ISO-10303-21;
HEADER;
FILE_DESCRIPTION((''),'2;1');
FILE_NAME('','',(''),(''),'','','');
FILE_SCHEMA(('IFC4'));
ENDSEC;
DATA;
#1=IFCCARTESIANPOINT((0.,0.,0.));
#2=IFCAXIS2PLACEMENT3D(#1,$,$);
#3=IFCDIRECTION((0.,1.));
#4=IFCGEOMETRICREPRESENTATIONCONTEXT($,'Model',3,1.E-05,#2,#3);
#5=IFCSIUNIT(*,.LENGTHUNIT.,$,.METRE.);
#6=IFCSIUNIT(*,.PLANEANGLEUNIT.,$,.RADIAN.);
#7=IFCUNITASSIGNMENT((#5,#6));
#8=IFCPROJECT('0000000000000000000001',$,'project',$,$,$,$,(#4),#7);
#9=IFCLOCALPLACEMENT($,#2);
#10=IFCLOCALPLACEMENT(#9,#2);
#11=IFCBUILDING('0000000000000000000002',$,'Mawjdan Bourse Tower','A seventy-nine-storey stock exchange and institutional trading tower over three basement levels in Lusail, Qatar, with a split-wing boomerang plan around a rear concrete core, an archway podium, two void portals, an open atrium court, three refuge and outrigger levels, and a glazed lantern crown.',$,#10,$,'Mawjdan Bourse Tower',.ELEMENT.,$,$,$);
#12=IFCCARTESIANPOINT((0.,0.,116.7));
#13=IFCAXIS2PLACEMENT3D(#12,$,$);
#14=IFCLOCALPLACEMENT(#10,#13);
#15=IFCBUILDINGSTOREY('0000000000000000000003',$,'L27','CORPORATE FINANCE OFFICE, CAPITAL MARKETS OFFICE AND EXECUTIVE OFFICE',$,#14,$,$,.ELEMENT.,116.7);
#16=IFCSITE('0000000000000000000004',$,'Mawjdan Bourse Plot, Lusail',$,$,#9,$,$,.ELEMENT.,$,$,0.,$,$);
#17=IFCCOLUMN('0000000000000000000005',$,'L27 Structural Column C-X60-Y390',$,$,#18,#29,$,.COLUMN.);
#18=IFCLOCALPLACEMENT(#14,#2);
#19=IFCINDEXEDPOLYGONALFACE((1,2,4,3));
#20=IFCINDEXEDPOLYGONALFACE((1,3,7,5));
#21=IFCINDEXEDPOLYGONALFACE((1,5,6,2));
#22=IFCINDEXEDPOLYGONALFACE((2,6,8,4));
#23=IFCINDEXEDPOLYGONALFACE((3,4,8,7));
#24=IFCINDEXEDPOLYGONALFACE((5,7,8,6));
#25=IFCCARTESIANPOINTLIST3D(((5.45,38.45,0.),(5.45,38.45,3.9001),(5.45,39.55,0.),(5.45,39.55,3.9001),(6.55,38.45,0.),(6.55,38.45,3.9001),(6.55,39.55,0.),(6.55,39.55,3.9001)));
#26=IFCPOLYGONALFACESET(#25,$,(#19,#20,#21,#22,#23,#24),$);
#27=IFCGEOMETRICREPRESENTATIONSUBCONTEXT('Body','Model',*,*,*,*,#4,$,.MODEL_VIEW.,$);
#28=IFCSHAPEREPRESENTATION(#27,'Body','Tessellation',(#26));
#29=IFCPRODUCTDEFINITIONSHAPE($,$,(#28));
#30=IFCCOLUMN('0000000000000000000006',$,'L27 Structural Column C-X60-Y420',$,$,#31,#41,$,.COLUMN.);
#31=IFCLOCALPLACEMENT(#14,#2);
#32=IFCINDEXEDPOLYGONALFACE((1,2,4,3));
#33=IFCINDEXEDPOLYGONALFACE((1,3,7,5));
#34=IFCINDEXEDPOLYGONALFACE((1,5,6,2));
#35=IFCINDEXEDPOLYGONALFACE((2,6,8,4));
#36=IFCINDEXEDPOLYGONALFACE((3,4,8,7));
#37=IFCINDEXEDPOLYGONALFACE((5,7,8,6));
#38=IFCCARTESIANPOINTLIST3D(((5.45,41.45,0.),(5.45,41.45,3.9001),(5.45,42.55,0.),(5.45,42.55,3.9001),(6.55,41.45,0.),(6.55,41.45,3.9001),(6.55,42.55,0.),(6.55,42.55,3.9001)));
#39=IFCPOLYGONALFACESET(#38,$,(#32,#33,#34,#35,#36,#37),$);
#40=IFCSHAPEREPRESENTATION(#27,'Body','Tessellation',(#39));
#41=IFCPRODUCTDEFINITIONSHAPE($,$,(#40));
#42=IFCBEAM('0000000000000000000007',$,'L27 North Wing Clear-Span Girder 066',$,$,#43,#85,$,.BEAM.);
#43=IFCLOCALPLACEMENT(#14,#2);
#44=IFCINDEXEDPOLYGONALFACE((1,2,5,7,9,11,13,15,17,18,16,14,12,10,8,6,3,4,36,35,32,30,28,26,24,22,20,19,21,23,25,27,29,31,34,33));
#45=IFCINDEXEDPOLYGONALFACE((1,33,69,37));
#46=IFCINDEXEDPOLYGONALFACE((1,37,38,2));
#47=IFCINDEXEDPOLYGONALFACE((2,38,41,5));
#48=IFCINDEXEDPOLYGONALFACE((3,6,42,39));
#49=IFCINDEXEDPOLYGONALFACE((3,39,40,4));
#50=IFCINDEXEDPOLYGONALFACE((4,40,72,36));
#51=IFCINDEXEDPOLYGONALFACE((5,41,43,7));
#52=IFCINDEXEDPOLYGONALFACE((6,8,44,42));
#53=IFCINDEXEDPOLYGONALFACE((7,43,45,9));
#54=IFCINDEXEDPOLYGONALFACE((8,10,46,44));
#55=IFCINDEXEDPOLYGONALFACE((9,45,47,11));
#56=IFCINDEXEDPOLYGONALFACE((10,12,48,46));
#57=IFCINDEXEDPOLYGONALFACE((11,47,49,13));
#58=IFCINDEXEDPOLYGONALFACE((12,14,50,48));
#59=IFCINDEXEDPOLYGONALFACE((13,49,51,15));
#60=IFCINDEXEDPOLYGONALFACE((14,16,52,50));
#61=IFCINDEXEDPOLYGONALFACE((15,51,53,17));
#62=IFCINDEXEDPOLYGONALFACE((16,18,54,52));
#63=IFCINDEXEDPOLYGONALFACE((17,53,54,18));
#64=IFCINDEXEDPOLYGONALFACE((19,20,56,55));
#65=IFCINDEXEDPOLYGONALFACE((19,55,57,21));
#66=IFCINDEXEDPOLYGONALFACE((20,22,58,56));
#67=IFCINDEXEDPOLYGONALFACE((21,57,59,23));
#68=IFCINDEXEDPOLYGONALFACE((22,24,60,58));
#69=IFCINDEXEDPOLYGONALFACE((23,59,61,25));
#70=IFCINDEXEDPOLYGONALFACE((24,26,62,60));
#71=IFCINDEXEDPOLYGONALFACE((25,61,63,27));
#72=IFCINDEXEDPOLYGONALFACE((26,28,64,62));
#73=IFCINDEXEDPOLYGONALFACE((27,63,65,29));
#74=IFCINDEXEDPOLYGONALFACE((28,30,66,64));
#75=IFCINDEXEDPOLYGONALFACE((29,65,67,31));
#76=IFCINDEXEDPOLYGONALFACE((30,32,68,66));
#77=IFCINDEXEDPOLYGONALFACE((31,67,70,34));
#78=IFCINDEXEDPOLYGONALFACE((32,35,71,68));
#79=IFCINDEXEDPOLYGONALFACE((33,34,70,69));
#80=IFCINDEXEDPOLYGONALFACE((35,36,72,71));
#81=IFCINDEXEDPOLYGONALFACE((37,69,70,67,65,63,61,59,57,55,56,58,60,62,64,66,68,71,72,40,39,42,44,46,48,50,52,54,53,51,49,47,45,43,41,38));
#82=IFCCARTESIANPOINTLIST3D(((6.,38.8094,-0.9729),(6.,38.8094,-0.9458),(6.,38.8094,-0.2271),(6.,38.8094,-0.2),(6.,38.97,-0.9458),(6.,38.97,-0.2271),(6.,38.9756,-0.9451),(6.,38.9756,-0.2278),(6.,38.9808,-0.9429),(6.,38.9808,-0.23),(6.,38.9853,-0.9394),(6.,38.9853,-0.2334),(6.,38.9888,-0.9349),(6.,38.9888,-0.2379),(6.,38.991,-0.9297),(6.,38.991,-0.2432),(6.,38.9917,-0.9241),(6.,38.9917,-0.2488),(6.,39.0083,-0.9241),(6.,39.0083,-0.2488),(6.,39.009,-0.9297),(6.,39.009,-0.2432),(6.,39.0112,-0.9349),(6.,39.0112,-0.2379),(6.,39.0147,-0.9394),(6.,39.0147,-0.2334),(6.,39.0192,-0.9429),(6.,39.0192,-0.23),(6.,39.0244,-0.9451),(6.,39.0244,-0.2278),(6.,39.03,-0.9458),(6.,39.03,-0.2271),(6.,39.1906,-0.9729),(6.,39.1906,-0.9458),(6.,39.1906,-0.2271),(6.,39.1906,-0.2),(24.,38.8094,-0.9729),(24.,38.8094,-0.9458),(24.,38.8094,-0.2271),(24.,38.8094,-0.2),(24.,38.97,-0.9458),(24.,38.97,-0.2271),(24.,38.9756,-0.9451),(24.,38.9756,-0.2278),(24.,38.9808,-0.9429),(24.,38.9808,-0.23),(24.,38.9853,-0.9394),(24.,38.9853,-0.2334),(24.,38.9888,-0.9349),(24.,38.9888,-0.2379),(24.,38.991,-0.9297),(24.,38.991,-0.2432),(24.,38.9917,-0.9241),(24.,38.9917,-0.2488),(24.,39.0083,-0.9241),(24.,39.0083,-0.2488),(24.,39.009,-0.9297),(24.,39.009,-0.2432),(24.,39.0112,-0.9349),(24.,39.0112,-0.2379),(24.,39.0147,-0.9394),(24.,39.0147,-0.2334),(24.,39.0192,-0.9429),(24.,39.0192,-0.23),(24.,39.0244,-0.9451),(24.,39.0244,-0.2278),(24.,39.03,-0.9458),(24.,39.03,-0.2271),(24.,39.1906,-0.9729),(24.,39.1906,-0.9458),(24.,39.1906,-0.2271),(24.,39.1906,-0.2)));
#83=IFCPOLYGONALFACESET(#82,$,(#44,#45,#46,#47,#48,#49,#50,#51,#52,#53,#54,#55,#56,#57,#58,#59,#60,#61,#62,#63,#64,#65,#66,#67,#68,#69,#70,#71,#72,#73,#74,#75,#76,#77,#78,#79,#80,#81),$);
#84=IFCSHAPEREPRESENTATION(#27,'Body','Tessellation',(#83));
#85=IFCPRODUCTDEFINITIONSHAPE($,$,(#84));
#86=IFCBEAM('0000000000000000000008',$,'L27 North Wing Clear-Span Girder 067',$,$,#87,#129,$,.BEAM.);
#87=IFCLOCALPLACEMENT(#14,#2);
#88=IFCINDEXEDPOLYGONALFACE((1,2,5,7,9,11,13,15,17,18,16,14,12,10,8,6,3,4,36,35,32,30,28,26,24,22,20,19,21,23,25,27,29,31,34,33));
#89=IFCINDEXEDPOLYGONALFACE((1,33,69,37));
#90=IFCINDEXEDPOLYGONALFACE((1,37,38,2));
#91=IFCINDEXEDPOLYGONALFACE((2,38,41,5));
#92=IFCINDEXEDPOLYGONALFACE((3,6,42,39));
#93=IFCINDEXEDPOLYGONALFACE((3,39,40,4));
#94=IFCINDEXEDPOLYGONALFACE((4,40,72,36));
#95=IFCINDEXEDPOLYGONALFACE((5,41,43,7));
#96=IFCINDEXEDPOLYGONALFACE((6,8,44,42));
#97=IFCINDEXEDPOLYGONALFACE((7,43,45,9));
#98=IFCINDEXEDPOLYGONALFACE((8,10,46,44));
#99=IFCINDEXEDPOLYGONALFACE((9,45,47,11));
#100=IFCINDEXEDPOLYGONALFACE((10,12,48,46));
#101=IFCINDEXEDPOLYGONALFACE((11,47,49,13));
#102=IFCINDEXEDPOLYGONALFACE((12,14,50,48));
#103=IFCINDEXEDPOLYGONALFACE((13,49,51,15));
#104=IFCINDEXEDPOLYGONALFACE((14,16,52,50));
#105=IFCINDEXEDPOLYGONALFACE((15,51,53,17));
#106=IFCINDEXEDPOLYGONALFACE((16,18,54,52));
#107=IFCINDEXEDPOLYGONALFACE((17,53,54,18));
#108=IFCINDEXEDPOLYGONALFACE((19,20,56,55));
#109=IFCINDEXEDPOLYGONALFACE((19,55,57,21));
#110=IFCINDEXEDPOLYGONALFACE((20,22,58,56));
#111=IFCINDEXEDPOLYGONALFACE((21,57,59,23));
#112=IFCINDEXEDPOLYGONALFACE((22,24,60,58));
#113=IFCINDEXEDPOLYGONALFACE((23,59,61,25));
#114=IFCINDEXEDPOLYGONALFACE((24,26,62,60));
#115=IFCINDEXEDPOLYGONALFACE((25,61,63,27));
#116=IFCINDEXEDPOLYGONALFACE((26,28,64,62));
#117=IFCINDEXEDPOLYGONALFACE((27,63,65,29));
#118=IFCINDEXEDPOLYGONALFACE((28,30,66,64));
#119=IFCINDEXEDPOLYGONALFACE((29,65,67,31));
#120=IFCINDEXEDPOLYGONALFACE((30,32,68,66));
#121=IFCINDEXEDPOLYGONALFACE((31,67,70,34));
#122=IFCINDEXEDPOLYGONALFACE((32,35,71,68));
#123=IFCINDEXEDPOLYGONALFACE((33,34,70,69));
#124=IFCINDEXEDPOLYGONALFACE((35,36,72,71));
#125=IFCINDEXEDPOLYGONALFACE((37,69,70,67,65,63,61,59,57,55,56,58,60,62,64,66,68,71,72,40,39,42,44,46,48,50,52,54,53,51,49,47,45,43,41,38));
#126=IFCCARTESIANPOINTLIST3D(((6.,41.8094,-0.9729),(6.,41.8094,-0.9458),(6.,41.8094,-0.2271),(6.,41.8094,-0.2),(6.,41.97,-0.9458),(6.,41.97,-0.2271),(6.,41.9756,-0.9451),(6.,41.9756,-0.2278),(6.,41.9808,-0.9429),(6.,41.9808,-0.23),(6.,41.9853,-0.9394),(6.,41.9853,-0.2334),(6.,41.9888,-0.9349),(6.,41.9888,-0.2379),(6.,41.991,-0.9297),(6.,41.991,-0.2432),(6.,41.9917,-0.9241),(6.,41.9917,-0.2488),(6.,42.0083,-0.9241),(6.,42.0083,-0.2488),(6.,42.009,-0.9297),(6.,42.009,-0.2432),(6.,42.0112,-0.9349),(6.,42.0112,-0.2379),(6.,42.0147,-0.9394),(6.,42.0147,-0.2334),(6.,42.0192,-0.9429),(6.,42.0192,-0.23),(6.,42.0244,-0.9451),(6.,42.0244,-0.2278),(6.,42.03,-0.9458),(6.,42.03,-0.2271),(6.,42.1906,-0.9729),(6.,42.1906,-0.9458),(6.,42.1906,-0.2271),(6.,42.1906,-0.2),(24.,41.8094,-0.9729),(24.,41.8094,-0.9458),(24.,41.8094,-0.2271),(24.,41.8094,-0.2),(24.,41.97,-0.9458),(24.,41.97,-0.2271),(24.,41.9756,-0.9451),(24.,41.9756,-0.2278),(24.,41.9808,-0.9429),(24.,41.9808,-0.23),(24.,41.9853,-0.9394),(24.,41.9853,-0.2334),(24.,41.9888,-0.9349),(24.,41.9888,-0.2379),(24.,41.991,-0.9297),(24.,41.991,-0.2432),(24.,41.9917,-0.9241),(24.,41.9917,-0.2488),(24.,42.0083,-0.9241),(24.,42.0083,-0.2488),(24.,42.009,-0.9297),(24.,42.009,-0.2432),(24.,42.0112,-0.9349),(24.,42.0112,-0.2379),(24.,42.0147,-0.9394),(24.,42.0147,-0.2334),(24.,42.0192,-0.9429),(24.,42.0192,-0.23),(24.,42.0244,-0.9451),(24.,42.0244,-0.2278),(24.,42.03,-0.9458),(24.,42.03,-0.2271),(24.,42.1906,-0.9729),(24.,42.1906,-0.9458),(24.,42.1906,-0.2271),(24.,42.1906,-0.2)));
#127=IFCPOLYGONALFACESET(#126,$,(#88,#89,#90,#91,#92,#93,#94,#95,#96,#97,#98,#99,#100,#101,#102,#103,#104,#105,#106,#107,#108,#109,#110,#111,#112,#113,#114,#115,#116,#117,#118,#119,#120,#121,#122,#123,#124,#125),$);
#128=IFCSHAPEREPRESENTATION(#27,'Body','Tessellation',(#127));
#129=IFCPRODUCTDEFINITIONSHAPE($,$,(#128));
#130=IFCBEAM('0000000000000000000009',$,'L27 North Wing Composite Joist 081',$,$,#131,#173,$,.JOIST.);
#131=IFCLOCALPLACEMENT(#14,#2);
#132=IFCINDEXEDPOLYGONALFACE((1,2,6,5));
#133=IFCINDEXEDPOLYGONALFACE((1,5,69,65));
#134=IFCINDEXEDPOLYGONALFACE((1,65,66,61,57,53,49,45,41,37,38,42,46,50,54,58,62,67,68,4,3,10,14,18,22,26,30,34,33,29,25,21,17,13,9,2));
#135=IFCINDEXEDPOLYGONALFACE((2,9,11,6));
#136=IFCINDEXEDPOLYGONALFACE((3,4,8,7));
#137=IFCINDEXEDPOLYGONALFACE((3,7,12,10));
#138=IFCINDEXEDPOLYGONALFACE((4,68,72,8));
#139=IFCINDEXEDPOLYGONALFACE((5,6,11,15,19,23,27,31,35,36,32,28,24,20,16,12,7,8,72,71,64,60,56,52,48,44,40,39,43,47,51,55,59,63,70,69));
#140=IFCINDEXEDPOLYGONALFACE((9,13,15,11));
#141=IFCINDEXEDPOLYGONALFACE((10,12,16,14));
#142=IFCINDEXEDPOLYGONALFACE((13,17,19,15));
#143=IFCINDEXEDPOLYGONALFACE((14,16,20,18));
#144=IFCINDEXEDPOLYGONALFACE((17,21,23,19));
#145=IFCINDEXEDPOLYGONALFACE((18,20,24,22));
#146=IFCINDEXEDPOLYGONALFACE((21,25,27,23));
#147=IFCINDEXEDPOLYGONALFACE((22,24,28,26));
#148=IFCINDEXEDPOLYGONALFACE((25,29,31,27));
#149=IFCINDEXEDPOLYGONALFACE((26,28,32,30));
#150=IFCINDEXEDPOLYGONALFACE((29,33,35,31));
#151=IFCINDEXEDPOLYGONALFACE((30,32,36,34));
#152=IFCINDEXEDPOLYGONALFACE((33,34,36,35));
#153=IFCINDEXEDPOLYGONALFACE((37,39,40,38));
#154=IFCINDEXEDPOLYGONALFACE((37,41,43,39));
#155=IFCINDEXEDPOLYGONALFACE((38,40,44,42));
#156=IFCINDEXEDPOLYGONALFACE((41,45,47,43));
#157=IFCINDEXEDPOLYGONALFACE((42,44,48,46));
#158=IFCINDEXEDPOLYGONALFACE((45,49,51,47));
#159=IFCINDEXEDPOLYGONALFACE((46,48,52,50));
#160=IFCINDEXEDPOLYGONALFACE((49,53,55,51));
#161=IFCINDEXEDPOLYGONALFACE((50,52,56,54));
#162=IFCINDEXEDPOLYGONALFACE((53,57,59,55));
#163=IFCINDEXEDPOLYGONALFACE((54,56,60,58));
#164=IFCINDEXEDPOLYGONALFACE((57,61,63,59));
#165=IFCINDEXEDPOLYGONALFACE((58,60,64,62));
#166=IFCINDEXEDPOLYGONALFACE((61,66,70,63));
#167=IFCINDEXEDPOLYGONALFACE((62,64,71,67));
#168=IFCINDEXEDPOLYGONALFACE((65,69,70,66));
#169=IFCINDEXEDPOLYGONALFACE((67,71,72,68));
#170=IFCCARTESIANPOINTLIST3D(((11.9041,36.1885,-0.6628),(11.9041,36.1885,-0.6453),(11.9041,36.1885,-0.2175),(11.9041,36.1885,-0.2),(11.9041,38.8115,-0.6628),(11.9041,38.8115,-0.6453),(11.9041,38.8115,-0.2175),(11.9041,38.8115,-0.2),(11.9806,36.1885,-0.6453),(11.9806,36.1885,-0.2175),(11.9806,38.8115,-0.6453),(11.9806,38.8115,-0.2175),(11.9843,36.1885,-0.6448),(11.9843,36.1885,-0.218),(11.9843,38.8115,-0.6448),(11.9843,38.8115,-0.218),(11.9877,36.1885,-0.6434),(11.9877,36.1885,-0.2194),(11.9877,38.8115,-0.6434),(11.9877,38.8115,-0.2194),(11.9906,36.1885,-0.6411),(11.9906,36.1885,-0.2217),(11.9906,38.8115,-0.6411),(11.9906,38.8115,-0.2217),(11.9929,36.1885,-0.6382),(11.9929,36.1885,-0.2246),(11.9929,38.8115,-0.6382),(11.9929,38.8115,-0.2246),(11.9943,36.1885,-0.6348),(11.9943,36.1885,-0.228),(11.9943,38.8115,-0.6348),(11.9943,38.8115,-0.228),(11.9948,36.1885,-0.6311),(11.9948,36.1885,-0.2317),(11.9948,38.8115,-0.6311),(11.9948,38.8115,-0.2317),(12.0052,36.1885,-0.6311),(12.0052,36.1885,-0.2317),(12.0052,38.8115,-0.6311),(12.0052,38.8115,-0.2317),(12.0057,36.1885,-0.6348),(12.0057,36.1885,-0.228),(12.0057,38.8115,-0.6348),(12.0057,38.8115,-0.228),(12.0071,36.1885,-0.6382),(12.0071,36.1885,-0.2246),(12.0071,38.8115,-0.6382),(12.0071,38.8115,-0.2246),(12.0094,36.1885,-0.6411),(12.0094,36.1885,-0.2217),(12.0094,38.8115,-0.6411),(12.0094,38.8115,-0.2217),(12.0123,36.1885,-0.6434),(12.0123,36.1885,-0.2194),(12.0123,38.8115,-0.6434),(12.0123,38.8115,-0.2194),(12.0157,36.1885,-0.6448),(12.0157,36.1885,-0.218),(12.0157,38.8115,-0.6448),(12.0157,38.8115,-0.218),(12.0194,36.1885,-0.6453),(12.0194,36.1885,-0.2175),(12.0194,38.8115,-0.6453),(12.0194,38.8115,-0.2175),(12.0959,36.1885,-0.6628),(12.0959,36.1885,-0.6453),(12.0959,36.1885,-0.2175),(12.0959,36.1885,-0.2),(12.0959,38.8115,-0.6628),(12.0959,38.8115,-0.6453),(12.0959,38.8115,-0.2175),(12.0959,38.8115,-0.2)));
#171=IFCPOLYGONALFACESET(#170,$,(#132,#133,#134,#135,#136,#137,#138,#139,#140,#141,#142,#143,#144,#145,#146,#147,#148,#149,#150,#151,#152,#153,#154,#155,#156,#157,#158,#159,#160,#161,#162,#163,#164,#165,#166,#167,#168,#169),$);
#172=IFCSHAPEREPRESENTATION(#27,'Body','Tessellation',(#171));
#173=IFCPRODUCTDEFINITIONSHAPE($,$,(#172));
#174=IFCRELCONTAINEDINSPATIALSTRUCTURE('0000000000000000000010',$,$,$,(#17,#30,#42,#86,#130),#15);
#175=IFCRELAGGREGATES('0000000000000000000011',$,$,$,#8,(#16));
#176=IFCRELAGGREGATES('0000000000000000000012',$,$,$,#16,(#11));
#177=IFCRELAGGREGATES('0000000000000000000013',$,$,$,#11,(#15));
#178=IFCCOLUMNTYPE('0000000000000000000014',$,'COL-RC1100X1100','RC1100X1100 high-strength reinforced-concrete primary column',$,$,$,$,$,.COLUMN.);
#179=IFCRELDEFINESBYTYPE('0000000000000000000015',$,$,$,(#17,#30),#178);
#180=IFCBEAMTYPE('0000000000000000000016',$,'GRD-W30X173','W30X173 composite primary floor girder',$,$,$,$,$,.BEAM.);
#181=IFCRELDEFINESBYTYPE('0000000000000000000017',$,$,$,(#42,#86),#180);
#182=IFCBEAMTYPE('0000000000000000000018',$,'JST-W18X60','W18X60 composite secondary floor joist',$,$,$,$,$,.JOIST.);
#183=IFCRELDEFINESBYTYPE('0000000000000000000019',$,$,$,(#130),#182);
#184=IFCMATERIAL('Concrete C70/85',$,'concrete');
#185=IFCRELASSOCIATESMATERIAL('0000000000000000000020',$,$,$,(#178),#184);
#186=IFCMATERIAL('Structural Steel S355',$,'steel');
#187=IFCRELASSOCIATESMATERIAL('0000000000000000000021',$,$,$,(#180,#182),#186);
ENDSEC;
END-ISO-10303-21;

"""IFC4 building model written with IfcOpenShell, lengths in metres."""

from ifc_helpers import new_model, si_unit, direction, frame, origin, origin_2d, place, context, subcontext, project, spatial, rectangle, i_section, extrude, material, material_profile, profile_set, type_object, element, save


model = new_model("IFC4")

# Units and contexts
model_context = context("Model", 3, precision=1e-05, world=origin(), true_north=direction((0.0, 1.0)))
body_context = subcontext(model_context, "Body", "Model", "MODEL_VIEW")
ifc_project = project(units=[si_unit("LENGTHUNIT", "METRE"), si_unit("PLANEANGLEUNIT", "RADIAN")], contexts=[model_context])

# Site, building, storey
site_placement = place(None, origin())
site = spatial("IfcSite", under=ifc_project, at=site_placement, Name="Mawjdan Bourse Plot, Lusail", CompositionType="ELEMENT", RefElevation=0.0)
building_placement = place(site_placement, origin())
building = spatial("IfcBuilding", under=site, at=building_placement, Name="Mawjdan Bourse Tower", Description="A seventy-nine-storey stock exchange and institutional trading tower over three basement levels in Lusail, Qatar, with a split-wing boomerang plan around a rear concrete core, an archway podium, two void portals, an open atrium court, three refuge and outrigger levels, and a glazed lantern crown.", LongName="Mawjdan Bourse Tower", CompositionType="ELEMENT")
storey_placement = place(building_placement, frame((0.0, 0.0, 116.7)))
storey = spatial("IfcBuildingStorey", under=building, at=storey_placement, Name="L27", Description="CORPORATE FINANCE OFFICE, CAPITAL MARKETS OFFICE AND EXECUTIVE OFFICE", CompositionType="ELEMENT", Elevation=116.7)

# Columns
ifc_material_1 = material(Name="Concrete C70/85", Category="concrete")
ifc_material_profile_1 = material_profile(ifc_material_1, rectangle(XDim=1.1001, YDim=1.1001, at=origin_2d()), Name="RC1100X1100")
ifc_profile_set_1 = profile_set([ifc_material_profile_1], Name="Concrete C70/85")
column_type = type_object("IfcColumnType", Name="COL-RC1100X1100", Description="RC1100X1100 high-strength reinforced-concrete primary column", PredefinedType="COLUMN", material=ifc_profile_set_1)
for number, where, z_axis, x_axis, name in (
    (1, (6.0, 39.0, 0.0), (0.0, 0.0, 1.0), (1.0, 0.0, 0.0), "L27 Structural Column C-X60-Y390"),
    (2, (6.0, 42.0, 0.0), (0.0, 0.0, 1.0), (1.0, 0.0, 0.0), "L27 Structural Column C-X60-Y420"),
):
    element("IfcColumn", number, at=place(storey_placement, frame(where, z_axis=z_axis, x_axis=x_axis)), inside=storey, type_object=column_type, Name=name, PredefinedType="COLUMN", context=body_context, shape_type="SweptSolid", body=[
        extrude(rectangle(XDim=1.1001, YDim=1.1001, at=origin_2d()), origin(), (0.0, 0.0, 1.0), 3.9001),
    ])

# Beams
ifc_material_2 = material(Name="Structural Steel S355", Category="steel")
ifc_material_profile_2 = material_profile(ifc_material_2, i_section(OverallWidth=0.3811, OverallDepth=0.7729, WebThickness=0.0166, FlangeThickness=0.0271, FilletRadius=0.0217, at=origin_2d()), Name="W30X173")
ifc_profile_set_2 = profile_set([ifc_material_profile_2], Name="Structural Steel S355")
beam_type_1 = type_object("IfcBeamType", Name="GRD-W30X173", Description="W30X173 composite primary floor girder", PredefinedType="BEAM", material=ifc_profile_set_2)
for number, where, z_axis, x_axis, name in (
    (3, (6.0, 39.0, -0.5864), (1.0, 0.0, 0.0), (0.0, 1.0, 0.0), "L27 North Wing Clear-Span Girder 066"),
    (4, (6.0, 42.0, -0.5864), (1.0, 0.0, 0.0), (0.0, 1.0, 0.0), "L27 North Wing Clear-Span Girder 067"),
):
    element("IfcBeam", number, at=place(storey_placement, frame(where, z_axis=z_axis, x_axis=x_axis)), inside=storey, type_object=beam_type_1, Name=name, PredefinedType="BEAM", context=body_context, shape_type="SweptSolid", body=[
        extrude(i_section(OverallWidth=0.3811, OverallDepth=0.7729, WebThickness=0.0166, FlangeThickness=0.0271, FilletRadius=0.0217, at=origin_2d()), origin(), (0.0, 0.0, 1.0), 18.0),
    ])
ifc_material_profile_3 = material_profile(ifc_material_2, i_section(OverallWidth=0.1919, OverallDepth=0.4629, WebThickness=0.0105, FlangeThickness=0.0176, FilletRadius=0.0142, at=origin_2d()), Name="W18X60")
ifc_profile_set_3 = profile_set([ifc_material_profile_3], Name="Structural Steel S355")
beam_type_2 = type_object("IfcBeamType", Name="JST-W18X60", Description="W18X60 composite secondary floor joist", PredefinedType="JOIST", material=ifc_profile_set_3)
for number, where, z_axis, x_axis, name in (
    (5, (12.0, 36.1885, -0.4314), (0.0, 1.0, 0.0), (-1.0, 0.0, 0.0), "L27 North Wing Composite Joist 081"),
):
    element("IfcBeam", number, at=place(storey_placement, frame(where, z_axis=z_axis, x_axis=x_axis)), inside=storey, type_object=beam_type_2, Name=name, PredefinedType="JOIST", context=body_context, shape_type="SweptSolid", body=[
        extrude(i_section(OverallWidth=0.1919, OverallDepth=0.4629, WebThickness=0.0105, FlangeThickness=0.0176, FilletRadius=0.0142, at=origin_2d()), origin(), (0.0, 0.0, 1.0), 2.623),
    ])

save(model, "model.ifc")
